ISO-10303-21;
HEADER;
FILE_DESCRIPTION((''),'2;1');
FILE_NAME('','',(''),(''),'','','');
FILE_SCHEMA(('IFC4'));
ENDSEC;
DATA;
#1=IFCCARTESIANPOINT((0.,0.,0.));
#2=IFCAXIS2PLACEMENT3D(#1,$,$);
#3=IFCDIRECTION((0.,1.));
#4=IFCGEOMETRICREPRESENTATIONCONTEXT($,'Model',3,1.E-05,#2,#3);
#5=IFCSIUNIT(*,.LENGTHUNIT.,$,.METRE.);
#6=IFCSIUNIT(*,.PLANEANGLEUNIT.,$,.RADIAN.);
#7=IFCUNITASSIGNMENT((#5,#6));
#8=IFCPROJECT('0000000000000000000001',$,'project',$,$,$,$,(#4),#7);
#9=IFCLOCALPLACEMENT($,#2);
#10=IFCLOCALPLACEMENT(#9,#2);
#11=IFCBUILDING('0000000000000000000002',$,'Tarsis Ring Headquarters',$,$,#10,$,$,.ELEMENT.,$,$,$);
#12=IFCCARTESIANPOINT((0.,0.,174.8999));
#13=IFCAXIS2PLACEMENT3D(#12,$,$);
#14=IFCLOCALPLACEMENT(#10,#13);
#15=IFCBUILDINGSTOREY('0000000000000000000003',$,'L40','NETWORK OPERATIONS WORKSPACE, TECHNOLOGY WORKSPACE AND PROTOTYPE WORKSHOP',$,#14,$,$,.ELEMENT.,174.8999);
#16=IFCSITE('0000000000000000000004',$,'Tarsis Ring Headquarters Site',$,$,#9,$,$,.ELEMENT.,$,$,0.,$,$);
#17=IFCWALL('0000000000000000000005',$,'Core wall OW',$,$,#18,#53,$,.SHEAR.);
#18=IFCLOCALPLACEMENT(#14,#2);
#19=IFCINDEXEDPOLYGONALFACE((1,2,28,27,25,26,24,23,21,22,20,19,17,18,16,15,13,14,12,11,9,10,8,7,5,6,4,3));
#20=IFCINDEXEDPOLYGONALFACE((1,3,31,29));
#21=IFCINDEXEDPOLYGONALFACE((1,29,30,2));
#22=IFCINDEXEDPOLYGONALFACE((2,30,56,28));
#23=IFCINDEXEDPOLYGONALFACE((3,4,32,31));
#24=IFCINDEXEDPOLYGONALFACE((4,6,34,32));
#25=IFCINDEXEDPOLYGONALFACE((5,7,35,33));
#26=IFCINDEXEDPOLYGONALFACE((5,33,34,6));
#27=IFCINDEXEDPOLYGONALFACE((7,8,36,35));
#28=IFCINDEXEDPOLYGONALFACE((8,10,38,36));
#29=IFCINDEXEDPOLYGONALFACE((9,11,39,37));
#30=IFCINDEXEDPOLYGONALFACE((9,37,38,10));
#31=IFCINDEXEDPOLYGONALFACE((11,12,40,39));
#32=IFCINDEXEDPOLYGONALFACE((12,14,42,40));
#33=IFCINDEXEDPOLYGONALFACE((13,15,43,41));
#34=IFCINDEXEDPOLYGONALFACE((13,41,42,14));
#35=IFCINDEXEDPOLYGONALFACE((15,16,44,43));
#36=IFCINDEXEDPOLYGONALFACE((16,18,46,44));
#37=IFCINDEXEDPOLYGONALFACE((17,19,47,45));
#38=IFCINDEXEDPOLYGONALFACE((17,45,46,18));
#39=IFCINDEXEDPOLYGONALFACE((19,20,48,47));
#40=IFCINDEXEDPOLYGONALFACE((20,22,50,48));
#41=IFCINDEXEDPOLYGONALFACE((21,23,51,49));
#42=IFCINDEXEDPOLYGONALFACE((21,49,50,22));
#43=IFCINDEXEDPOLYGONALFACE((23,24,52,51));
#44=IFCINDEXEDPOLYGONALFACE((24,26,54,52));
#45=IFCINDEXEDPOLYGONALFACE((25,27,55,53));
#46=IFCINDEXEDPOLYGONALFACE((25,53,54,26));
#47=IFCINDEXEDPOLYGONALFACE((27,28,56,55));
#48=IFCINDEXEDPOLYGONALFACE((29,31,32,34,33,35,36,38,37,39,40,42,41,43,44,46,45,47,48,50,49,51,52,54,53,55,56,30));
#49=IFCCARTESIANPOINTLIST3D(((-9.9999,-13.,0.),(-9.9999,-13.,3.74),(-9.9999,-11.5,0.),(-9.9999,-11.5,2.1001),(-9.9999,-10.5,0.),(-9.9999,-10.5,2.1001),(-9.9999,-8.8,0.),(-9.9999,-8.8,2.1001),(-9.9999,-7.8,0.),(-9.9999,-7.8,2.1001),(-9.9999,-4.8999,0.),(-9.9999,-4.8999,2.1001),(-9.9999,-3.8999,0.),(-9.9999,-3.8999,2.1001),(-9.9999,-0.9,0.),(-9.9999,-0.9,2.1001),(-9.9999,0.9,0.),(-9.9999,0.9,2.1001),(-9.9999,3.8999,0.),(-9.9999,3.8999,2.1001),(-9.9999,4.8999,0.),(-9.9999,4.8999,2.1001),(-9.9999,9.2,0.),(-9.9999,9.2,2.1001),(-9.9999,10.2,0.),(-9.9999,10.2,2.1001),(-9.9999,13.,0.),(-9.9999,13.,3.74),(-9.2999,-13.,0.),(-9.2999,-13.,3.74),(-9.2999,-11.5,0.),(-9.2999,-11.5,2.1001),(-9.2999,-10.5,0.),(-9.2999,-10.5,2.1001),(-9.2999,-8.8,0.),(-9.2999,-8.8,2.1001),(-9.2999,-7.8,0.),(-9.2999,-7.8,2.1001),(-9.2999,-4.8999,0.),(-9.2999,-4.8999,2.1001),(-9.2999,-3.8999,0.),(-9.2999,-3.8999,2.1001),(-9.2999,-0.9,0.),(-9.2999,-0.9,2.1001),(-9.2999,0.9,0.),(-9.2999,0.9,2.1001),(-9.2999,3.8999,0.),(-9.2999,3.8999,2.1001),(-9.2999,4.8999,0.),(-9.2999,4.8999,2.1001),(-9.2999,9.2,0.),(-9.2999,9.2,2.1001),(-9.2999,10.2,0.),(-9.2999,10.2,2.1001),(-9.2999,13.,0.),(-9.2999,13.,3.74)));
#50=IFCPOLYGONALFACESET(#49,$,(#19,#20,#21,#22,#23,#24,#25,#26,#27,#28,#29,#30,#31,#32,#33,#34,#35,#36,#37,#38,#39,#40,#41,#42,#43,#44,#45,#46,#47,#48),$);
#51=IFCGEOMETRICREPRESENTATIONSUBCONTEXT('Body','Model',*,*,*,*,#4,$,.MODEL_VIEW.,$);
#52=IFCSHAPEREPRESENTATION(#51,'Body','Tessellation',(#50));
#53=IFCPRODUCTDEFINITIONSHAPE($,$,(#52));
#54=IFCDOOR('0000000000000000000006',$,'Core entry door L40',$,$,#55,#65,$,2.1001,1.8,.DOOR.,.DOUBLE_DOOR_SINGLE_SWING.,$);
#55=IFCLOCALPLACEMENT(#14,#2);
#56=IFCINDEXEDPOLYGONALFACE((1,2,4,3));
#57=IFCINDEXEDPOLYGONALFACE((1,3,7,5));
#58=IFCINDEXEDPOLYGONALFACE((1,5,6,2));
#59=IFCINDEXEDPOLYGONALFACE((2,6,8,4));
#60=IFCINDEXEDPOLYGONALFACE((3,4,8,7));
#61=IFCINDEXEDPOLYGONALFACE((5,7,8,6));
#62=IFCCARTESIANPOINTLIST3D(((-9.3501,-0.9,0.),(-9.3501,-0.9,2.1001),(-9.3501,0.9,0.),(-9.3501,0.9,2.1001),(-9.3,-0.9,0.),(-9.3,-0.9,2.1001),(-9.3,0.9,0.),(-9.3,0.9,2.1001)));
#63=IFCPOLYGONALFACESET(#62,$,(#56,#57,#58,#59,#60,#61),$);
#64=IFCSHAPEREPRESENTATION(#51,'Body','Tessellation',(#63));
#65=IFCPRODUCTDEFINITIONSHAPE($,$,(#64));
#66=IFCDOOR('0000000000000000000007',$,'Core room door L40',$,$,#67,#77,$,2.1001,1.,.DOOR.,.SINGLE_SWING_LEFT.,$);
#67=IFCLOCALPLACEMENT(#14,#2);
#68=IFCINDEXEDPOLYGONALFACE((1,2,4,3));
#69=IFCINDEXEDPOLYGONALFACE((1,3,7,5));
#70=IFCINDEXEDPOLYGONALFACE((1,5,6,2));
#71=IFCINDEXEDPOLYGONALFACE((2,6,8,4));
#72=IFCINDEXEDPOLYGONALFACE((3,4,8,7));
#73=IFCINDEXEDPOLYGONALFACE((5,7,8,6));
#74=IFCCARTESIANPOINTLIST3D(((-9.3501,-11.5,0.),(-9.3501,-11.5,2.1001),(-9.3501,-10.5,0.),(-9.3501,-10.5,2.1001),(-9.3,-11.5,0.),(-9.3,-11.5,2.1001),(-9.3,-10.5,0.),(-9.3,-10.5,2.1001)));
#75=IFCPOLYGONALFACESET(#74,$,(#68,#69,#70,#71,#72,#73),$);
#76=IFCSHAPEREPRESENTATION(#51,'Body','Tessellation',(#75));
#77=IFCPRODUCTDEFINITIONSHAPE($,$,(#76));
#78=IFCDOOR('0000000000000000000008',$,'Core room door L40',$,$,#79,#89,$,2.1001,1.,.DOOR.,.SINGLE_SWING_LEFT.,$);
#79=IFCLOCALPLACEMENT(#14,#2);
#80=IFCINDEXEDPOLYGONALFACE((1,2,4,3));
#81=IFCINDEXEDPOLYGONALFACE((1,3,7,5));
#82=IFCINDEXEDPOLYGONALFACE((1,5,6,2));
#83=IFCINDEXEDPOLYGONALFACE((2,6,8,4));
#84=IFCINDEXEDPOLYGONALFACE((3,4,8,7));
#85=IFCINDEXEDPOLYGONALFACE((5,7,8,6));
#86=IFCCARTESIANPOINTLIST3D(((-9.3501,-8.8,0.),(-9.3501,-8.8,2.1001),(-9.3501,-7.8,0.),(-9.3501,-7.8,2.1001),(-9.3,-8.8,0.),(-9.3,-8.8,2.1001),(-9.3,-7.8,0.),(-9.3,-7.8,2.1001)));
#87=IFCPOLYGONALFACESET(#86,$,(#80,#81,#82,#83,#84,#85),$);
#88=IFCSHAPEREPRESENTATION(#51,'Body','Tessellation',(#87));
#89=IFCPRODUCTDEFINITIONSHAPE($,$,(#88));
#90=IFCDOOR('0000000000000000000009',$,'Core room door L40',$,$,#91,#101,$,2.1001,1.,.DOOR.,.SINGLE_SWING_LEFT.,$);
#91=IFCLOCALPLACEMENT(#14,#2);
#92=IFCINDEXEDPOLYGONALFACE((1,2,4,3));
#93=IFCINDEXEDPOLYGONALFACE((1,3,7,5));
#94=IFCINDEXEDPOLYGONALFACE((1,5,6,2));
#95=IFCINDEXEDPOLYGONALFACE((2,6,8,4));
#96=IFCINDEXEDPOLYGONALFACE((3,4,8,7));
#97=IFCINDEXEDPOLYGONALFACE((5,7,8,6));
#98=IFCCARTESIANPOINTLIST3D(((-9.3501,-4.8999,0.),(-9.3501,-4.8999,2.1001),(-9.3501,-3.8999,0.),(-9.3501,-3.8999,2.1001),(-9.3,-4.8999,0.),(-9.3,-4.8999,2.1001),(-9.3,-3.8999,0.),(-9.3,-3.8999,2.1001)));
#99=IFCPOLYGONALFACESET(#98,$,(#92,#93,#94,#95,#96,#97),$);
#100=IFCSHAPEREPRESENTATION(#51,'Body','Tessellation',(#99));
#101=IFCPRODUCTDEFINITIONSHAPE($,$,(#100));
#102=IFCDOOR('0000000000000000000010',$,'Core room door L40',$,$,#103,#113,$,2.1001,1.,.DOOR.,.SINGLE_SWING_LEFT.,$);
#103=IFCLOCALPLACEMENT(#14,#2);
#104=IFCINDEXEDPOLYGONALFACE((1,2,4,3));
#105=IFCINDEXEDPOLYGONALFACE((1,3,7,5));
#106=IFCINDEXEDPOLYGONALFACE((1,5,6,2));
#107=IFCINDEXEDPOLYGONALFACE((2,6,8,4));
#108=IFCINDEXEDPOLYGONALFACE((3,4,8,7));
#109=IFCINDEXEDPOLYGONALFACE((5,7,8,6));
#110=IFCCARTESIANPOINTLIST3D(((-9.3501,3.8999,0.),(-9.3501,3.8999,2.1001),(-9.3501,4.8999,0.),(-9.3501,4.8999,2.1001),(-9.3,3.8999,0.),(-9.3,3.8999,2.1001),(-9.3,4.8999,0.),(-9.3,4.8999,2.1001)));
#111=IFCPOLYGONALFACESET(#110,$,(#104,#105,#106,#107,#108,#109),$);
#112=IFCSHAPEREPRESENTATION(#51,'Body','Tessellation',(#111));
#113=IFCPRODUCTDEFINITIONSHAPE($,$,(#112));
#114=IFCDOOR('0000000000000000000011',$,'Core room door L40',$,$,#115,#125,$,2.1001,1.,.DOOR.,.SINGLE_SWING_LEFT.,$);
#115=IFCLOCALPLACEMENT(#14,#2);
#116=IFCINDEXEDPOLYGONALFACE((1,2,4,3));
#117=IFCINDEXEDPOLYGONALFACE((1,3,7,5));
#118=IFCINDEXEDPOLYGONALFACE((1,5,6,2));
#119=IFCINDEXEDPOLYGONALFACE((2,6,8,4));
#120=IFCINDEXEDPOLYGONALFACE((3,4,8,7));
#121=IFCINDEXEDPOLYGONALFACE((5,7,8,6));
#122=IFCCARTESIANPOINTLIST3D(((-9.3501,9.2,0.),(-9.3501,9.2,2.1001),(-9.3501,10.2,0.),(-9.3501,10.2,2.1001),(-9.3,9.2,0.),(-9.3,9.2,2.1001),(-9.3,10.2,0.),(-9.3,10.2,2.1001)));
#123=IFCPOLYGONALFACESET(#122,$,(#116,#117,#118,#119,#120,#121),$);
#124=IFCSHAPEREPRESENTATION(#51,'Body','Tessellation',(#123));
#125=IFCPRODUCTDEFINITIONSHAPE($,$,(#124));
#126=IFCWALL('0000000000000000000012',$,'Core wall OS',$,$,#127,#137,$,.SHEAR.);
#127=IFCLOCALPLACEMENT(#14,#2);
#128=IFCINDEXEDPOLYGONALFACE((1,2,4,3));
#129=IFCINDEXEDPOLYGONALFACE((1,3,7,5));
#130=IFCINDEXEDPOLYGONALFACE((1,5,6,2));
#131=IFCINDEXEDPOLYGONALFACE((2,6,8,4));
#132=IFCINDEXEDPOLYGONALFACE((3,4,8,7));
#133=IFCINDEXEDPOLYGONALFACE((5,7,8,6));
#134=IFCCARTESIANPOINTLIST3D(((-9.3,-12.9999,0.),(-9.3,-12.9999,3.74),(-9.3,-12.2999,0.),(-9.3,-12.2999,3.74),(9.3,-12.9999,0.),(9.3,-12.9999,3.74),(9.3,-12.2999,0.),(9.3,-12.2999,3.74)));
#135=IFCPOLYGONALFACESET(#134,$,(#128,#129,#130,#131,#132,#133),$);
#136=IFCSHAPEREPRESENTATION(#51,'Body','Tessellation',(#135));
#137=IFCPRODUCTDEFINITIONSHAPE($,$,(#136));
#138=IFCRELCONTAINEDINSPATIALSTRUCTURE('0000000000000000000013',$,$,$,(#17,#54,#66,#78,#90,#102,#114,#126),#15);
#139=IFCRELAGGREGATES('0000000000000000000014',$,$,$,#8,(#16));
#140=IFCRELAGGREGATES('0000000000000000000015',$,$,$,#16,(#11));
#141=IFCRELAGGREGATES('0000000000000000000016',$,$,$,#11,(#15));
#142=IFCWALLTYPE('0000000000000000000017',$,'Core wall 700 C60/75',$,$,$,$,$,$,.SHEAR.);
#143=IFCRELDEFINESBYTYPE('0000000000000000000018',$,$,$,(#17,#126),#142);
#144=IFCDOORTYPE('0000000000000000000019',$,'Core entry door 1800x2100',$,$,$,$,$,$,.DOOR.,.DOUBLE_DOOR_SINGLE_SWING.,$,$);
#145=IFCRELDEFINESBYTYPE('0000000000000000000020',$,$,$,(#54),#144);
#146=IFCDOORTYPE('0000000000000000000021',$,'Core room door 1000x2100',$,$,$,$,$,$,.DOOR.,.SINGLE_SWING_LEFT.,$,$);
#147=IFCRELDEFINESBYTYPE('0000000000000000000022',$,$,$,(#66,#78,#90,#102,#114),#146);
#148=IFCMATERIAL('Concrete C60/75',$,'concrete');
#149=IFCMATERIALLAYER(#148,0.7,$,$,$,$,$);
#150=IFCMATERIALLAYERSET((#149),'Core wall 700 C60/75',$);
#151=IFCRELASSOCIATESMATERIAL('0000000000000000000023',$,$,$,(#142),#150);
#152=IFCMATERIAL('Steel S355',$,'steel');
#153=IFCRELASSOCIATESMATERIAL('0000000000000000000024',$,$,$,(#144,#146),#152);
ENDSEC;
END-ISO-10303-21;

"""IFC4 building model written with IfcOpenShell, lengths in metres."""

from ifc_helpers import new_model, si_unit, direction, frame, frame_2d, origin, place, context, subcontext, project, spatial, rectangle, extrude, material, layer, layer_set, type_object, element, fill, save


model = new_model("IFC4")

# Units and contexts
model_context = context("Model", 3, precision=1e-05, world=origin(), true_north=direction((0.0, 1.0)))
body_context = subcontext(model_context, "Body", "Model", "MODEL_VIEW")
ifc_project = project(units=[si_unit("LENGTHUNIT", "METRE"), si_unit("PLANEANGLEUNIT", "RADIAN")], contexts=[model_context])

# Site, building, storey
site_placement = place(None, origin())
site = spatial("IfcSite", under=ifc_project, at=site_placement, Name="Tarsis Ring Headquarters Site", CompositionType="ELEMENT", RefElevation=0.0)
building_placement = place(site_placement, origin())
building = spatial("IfcBuilding", under=site, at=building_placement, Name="Tarsis Ring Headquarters", CompositionType="ELEMENT")
storey_placement = place(building_placement, frame((0.0, 0.0, 174.8999)))
storey = spatial("IfcBuildingStorey", under=building, at=storey_placement, Name="L40", Description="NETWORK OPERATIONS WORKSPACE, TECHNOLOGY WORKSPACE AND PROTOTYPE WORKSHOP", CompositionType="ELEMENT", Elevation=174.8999)

# Wall, openings, doors
ifc_material_1 = material(Name="Concrete C60/75", Category="concrete")
ifc_layer_1 = layer(ifc_material_1, 0.7)
ifc_layer_set_1 = layer_set([ifc_layer_1], Name="Core wall 700 C60/75")
wall_type_1 = type_object("IfcWallType", Name="Core wall 700 C60/75", PredefinedType="SHEAR", material=ifc_layer_set_1)
wall_1_placement = place(storey_placement, frame((-9.6499, -13.0, 0.0), z_axis=(0.0, 0.0, 1.0), x_axis=(0.0, 1.0, 0.0)))
wall_1 = element("IfcWall", 1, at=wall_1_placement, inside=storey, type_object=wall_type_1, Name="Core wall OW", PredefinedType="SHEAR", context=body_context, shape_type="SweptSolid", body=[
    extrude(rectangle(XDim=26.0, YDim=0.7, at=frame_2d((13.0, 0.0))), origin(), (0.0, 0.0, 1.0), 3.74),
])
opening_1_placement = place(wall_1_placement, frame((1.5, 0.0, 0.0)))
opening_1 = element("IfcOpeningElement", 2, at=opening_1_placement, cuts=wall_1, PredefinedType="OPENING", context=body_context, shape_type="SweptSolid", body=[
    extrude(rectangle(XDim=1.0, YDim=2.1001, at=frame_2d((0.5, 1.05))), frame((0.0, 0.3599, 0.0), z_axis=(0.0, -1.0, 0.0), x_axis=(1.0, 0.0, 0.0)), (0.0, 0.0, 1.0), 0.72),
])
opening_2_placement = place(wall_1_placement, frame((4.2, 0.0, 0.0)))
opening_2 = element("IfcOpeningElement", 3, at=opening_2_placement, cuts=wall_1, PredefinedType="OPENING", context=body_context, shape_type="SweptSolid", body=[
    extrude(rectangle(XDim=1.0, YDim=2.1001, at=frame_2d((0.5, 1.05))), frame((0.0, 0.3599, 0.0), z_axis=(0.0, -1.0, 0.0), x_axis=(1.0, 0.0, 0.0)), (0.0, 0.0, 1.0), 0.72),
])
opening_3_placement = place(wall_1_placement, frame((8.1001, 0.0, 0.0)))
opening_3 = element("IfcOpeningElement", 4, at=opening_3_placement, cuts=wall_1, PredefinedType="OPENING", context=body_context, shape_type="SweptSolid", body=[
    extrude(rectangle(XDim=1.0, YDim=2.1001, at=frame_2d((0.5, 1.05))), frame((0.0, 0.3599, 0.0), z_axis=(0.0, -1.0, 0.0), x_axis=(1.0, 0.0, 0.0)), (0.0, 0.0, 1.0), 0.72),
])
opening_4_placement = place(wall_1_placement, frame((12.1001, 0.0, 0.0)))
opening_4 = element("IfcOpeningElement", 5, at=opening_4_placement, cuts=wall_1, PredefinedType="OPENING", context=body_context, shape_type="SweptSolid", body=[
    extrude(rectangle(XDim=1.8, YDim=2.1001, at=frame_2d((0.8999, 1.05))), frame((0.0, 0.3599, 0.0), z_axis=(0.0, -1.0, 0.0), x_axis=(1.0, 0.0, 0.0)), (0.0, 0.0, 1.0), 0.72),
])
opening_5_placement = place(wall_1_placement, frame((16.8999, 0.0, 0.0)))
opening_5 = element("IfcOpeningElement", 6, at=opening_5_placement, cuts=wall_1, PredefinedType="OPENING", context=body_context, shape_type="SweptSolid", body=[
    extrude(rectangle(XDim=1.0, YDim=2.1001, at=frame_2d((0.5, 1.05))), frame((0.0, 0.3599, 0.0), z_axis=(0.0, -1.0, 0.0), x_axis=(1.0, 0.0, 0.0)), (0.0, 0.0, 1.0), 0.72),
])
opening_6_placement = place(wall_1_placement, frame((22.2, 0.0, 0.0)))
opening_6 = element("IfcOpeningElement", 7, at=opening_6_placement, cuts=wall_1, PredefinedType="OPENING", context=body_context, shape_type="SweptSolid", body=[
    extrude(rectangle(XDim=1.0, YDim=2.1001, at=frame_2d((0.5, 1.05))), frame((0.0, 0.3599, 0.0), z_axis=(0.0, -1.0, 0.0), x_axis=(1.0, 0.0, 0.0)), (0.0, 0.0, 1.0), 0.72),
])
ifc_material_2 = material(Name="Steel S355", Category="steel")
door_type_1 = type_object("IfcDoorType", Name="Core entry door 1800x2100", OperationType="DOUBLE_DOOR_SINGLE_SWING", PredefinedType="DOOR", material=ifc_material_2)
door_1_placement = place(opening_4_placement, origin())
door_1 = element("IfcDoor", 8, at=door_1_placement, inside=storey, type_object=door_type_1, Name="Core entry door L40", OperationType="DOUBLE_DOOR_SINGLE_SWING", OverallHeight=2.1001, OverallWidth=1.8, PredefinedType="DOOR", context=body_context, shape_type="SweptSolid", body=[
    extrude(rectangle(XDim=1.8, YDim=2.1001, at=frame_2d((0.8999, 1.05))), frame((0.0, -0.2998, 0.0), z_axis=(0.0, -1.0, 0.0), x_axis=(1.0, 0.0, 0.0)), (0.0, 0.0, 1.0), 0.05),
])
fill(opening_4, door_1)
door_type_2 = type_object("IfcDoorType", Name="Core room door 1000x2100", OperationType="SINGLE_SWING_LEFT", PredefinedType="DOOR", material=ifc_material_2)
door_2_placement = place(opening_1_placement, origin())
door_2 = element("IfcDoor", 9, at=door_2_placement, inside=storey, type_object=door_type_2, Name="Core room door L40", OperationType="SINGLE_SWING_LEFT", OverallHeight=2.1001, OverallWidth=1.0, PredefinedType="DOOR", context=body_context, shape_type="SweptSolid", body=[
    extrude(rectangle(XDim=1.0, YDim=2.1001, at=frame_2d((0.5, 1.05))), frame((0.0, -0.2998, 0.0), z_axis=(0.0, -1.0, 0.0), x_axis=(1.0, 0.0, 0.0)), (0.0, 0.0, 1.0), 0.05),
])
fill(opening_1, door_2)
door_3_placement = place(opening_2_placement, origin())
door_3 = element("IfcDoor", 10, at=door_3_placement, inside=storey, type_object=door_type_2, Name="Core room door L40", OperationType="SINGLE_SWING_LEFT", OverallHeight=2.1001, OverallWidth=1.0, PredefinedType="DOOR", context=body_context, shape_type="SweptSolid", body=[
    extrude(rectangle(XDim=1.0, YDim=2.1001, at=frame_2d((0.5, 1.05))), frame((0.0, -0.2998, 0.0), z_axis=(0.0, -1.0, 0.0), x_axis=(1.0, 0.0, 0.0)), (0.0, 0.0, 1.0), 0.05),
])
fill(opening_2, door_3)
door_4_placement = place(opening_3_placement, origin())
door_4 = element("IfcDoor", 11, at=door_4_placement, inside=storey, type_object=door_type_2, Name="Core room door L40", OperationType="SINGLE_SWING_LEFT", OverallHeight=2.1001, OverallWidth=1.0, PredefinedType="DOOR", context=body_context, shape_type="SweptSolid", body=[
    extrude(rectangle(XDim=1.0, YDim=2.1001, at=frame_2d((0.5, 1.05))), frame((0.0, -0.2998, 0.0), z_axis=(0.0, -1.0, 0.0), x_axis=(1.0, 0.0, 0.0)), (0.0, 0.0, 1.0), 0.05),
])
fill(opening_3, door_4)
door_5_placement = place(opening_5_placement, origin())
door_5 = element("IfcDoor", 12, at=door_5_placement, inside=storey, type_object=door_type_2, Name="Core room door L40", OperationType="SINGLE_SWING_LEFT", OverallHeight=2.1001, OverallWidth=1.0, PredefinedType="DOOR", context=body_context, shape_type="SweptSolid", body=[
    extrude(rectangle(XDim=1.0, YDim=2.1001, at=frame_2d((0.5, 1.05))), frame((0.0, -0.2998, 0.0), z_axis=(0.0, -1.0, 0.0), x_axis=(1.0, 0.0, 0.0)), (0.0, 0.0, 1.0), 0.05),
])
fill(opening_5, door_5)
door_6_placement = place(opening_6_placement, origin())
door_6 = element("IfcDoor", 13, at=door_6_placement, inside=storey, type_object=door_type_2, Name="Core room door L40", OperationType="SINGLE_SWING_LEFT", OverallHeight=2.1001, OverallWidth=1.0, PredefinedType="DOOR", context=body_context, shape_type="SweptSolid", body=[
    extrude(rectangle(XDim=1.0, YDim=2.1001, at=frame_2d((0.5, 1.05))), frame((0.0, -0.2998, 0.0), z_axis=(0.0, -1.0, 0.0), x_axis=(1.0, 0.0, 0.0)), (0.0, 0.0, 1.0), 0.05),
])
fill(opening_6, door_6)

# Wall
wall_2_placement = place(storey_placement, frame((-9.3, -12.6499, 0.0), z_axis=(0.0, 0.0, 1.0), x_axis=(1.0, 0.0, 0.0)))
element("IfcWall", 14, at=wall_2_placement, inside=storey, type_object=wall_type_1, Name="Core wall OS", PredefinedType="SHEAR", context=body_context, shape_type="SweptSolid", body=[
    extrude(rectangle(XDim=18.6001, YDim=0.7, at=frame_2d((9.3, 0.0))), origin(), (0.0, 0.0, 1.0), 3.74),
])

save(model, "model.ifc")
